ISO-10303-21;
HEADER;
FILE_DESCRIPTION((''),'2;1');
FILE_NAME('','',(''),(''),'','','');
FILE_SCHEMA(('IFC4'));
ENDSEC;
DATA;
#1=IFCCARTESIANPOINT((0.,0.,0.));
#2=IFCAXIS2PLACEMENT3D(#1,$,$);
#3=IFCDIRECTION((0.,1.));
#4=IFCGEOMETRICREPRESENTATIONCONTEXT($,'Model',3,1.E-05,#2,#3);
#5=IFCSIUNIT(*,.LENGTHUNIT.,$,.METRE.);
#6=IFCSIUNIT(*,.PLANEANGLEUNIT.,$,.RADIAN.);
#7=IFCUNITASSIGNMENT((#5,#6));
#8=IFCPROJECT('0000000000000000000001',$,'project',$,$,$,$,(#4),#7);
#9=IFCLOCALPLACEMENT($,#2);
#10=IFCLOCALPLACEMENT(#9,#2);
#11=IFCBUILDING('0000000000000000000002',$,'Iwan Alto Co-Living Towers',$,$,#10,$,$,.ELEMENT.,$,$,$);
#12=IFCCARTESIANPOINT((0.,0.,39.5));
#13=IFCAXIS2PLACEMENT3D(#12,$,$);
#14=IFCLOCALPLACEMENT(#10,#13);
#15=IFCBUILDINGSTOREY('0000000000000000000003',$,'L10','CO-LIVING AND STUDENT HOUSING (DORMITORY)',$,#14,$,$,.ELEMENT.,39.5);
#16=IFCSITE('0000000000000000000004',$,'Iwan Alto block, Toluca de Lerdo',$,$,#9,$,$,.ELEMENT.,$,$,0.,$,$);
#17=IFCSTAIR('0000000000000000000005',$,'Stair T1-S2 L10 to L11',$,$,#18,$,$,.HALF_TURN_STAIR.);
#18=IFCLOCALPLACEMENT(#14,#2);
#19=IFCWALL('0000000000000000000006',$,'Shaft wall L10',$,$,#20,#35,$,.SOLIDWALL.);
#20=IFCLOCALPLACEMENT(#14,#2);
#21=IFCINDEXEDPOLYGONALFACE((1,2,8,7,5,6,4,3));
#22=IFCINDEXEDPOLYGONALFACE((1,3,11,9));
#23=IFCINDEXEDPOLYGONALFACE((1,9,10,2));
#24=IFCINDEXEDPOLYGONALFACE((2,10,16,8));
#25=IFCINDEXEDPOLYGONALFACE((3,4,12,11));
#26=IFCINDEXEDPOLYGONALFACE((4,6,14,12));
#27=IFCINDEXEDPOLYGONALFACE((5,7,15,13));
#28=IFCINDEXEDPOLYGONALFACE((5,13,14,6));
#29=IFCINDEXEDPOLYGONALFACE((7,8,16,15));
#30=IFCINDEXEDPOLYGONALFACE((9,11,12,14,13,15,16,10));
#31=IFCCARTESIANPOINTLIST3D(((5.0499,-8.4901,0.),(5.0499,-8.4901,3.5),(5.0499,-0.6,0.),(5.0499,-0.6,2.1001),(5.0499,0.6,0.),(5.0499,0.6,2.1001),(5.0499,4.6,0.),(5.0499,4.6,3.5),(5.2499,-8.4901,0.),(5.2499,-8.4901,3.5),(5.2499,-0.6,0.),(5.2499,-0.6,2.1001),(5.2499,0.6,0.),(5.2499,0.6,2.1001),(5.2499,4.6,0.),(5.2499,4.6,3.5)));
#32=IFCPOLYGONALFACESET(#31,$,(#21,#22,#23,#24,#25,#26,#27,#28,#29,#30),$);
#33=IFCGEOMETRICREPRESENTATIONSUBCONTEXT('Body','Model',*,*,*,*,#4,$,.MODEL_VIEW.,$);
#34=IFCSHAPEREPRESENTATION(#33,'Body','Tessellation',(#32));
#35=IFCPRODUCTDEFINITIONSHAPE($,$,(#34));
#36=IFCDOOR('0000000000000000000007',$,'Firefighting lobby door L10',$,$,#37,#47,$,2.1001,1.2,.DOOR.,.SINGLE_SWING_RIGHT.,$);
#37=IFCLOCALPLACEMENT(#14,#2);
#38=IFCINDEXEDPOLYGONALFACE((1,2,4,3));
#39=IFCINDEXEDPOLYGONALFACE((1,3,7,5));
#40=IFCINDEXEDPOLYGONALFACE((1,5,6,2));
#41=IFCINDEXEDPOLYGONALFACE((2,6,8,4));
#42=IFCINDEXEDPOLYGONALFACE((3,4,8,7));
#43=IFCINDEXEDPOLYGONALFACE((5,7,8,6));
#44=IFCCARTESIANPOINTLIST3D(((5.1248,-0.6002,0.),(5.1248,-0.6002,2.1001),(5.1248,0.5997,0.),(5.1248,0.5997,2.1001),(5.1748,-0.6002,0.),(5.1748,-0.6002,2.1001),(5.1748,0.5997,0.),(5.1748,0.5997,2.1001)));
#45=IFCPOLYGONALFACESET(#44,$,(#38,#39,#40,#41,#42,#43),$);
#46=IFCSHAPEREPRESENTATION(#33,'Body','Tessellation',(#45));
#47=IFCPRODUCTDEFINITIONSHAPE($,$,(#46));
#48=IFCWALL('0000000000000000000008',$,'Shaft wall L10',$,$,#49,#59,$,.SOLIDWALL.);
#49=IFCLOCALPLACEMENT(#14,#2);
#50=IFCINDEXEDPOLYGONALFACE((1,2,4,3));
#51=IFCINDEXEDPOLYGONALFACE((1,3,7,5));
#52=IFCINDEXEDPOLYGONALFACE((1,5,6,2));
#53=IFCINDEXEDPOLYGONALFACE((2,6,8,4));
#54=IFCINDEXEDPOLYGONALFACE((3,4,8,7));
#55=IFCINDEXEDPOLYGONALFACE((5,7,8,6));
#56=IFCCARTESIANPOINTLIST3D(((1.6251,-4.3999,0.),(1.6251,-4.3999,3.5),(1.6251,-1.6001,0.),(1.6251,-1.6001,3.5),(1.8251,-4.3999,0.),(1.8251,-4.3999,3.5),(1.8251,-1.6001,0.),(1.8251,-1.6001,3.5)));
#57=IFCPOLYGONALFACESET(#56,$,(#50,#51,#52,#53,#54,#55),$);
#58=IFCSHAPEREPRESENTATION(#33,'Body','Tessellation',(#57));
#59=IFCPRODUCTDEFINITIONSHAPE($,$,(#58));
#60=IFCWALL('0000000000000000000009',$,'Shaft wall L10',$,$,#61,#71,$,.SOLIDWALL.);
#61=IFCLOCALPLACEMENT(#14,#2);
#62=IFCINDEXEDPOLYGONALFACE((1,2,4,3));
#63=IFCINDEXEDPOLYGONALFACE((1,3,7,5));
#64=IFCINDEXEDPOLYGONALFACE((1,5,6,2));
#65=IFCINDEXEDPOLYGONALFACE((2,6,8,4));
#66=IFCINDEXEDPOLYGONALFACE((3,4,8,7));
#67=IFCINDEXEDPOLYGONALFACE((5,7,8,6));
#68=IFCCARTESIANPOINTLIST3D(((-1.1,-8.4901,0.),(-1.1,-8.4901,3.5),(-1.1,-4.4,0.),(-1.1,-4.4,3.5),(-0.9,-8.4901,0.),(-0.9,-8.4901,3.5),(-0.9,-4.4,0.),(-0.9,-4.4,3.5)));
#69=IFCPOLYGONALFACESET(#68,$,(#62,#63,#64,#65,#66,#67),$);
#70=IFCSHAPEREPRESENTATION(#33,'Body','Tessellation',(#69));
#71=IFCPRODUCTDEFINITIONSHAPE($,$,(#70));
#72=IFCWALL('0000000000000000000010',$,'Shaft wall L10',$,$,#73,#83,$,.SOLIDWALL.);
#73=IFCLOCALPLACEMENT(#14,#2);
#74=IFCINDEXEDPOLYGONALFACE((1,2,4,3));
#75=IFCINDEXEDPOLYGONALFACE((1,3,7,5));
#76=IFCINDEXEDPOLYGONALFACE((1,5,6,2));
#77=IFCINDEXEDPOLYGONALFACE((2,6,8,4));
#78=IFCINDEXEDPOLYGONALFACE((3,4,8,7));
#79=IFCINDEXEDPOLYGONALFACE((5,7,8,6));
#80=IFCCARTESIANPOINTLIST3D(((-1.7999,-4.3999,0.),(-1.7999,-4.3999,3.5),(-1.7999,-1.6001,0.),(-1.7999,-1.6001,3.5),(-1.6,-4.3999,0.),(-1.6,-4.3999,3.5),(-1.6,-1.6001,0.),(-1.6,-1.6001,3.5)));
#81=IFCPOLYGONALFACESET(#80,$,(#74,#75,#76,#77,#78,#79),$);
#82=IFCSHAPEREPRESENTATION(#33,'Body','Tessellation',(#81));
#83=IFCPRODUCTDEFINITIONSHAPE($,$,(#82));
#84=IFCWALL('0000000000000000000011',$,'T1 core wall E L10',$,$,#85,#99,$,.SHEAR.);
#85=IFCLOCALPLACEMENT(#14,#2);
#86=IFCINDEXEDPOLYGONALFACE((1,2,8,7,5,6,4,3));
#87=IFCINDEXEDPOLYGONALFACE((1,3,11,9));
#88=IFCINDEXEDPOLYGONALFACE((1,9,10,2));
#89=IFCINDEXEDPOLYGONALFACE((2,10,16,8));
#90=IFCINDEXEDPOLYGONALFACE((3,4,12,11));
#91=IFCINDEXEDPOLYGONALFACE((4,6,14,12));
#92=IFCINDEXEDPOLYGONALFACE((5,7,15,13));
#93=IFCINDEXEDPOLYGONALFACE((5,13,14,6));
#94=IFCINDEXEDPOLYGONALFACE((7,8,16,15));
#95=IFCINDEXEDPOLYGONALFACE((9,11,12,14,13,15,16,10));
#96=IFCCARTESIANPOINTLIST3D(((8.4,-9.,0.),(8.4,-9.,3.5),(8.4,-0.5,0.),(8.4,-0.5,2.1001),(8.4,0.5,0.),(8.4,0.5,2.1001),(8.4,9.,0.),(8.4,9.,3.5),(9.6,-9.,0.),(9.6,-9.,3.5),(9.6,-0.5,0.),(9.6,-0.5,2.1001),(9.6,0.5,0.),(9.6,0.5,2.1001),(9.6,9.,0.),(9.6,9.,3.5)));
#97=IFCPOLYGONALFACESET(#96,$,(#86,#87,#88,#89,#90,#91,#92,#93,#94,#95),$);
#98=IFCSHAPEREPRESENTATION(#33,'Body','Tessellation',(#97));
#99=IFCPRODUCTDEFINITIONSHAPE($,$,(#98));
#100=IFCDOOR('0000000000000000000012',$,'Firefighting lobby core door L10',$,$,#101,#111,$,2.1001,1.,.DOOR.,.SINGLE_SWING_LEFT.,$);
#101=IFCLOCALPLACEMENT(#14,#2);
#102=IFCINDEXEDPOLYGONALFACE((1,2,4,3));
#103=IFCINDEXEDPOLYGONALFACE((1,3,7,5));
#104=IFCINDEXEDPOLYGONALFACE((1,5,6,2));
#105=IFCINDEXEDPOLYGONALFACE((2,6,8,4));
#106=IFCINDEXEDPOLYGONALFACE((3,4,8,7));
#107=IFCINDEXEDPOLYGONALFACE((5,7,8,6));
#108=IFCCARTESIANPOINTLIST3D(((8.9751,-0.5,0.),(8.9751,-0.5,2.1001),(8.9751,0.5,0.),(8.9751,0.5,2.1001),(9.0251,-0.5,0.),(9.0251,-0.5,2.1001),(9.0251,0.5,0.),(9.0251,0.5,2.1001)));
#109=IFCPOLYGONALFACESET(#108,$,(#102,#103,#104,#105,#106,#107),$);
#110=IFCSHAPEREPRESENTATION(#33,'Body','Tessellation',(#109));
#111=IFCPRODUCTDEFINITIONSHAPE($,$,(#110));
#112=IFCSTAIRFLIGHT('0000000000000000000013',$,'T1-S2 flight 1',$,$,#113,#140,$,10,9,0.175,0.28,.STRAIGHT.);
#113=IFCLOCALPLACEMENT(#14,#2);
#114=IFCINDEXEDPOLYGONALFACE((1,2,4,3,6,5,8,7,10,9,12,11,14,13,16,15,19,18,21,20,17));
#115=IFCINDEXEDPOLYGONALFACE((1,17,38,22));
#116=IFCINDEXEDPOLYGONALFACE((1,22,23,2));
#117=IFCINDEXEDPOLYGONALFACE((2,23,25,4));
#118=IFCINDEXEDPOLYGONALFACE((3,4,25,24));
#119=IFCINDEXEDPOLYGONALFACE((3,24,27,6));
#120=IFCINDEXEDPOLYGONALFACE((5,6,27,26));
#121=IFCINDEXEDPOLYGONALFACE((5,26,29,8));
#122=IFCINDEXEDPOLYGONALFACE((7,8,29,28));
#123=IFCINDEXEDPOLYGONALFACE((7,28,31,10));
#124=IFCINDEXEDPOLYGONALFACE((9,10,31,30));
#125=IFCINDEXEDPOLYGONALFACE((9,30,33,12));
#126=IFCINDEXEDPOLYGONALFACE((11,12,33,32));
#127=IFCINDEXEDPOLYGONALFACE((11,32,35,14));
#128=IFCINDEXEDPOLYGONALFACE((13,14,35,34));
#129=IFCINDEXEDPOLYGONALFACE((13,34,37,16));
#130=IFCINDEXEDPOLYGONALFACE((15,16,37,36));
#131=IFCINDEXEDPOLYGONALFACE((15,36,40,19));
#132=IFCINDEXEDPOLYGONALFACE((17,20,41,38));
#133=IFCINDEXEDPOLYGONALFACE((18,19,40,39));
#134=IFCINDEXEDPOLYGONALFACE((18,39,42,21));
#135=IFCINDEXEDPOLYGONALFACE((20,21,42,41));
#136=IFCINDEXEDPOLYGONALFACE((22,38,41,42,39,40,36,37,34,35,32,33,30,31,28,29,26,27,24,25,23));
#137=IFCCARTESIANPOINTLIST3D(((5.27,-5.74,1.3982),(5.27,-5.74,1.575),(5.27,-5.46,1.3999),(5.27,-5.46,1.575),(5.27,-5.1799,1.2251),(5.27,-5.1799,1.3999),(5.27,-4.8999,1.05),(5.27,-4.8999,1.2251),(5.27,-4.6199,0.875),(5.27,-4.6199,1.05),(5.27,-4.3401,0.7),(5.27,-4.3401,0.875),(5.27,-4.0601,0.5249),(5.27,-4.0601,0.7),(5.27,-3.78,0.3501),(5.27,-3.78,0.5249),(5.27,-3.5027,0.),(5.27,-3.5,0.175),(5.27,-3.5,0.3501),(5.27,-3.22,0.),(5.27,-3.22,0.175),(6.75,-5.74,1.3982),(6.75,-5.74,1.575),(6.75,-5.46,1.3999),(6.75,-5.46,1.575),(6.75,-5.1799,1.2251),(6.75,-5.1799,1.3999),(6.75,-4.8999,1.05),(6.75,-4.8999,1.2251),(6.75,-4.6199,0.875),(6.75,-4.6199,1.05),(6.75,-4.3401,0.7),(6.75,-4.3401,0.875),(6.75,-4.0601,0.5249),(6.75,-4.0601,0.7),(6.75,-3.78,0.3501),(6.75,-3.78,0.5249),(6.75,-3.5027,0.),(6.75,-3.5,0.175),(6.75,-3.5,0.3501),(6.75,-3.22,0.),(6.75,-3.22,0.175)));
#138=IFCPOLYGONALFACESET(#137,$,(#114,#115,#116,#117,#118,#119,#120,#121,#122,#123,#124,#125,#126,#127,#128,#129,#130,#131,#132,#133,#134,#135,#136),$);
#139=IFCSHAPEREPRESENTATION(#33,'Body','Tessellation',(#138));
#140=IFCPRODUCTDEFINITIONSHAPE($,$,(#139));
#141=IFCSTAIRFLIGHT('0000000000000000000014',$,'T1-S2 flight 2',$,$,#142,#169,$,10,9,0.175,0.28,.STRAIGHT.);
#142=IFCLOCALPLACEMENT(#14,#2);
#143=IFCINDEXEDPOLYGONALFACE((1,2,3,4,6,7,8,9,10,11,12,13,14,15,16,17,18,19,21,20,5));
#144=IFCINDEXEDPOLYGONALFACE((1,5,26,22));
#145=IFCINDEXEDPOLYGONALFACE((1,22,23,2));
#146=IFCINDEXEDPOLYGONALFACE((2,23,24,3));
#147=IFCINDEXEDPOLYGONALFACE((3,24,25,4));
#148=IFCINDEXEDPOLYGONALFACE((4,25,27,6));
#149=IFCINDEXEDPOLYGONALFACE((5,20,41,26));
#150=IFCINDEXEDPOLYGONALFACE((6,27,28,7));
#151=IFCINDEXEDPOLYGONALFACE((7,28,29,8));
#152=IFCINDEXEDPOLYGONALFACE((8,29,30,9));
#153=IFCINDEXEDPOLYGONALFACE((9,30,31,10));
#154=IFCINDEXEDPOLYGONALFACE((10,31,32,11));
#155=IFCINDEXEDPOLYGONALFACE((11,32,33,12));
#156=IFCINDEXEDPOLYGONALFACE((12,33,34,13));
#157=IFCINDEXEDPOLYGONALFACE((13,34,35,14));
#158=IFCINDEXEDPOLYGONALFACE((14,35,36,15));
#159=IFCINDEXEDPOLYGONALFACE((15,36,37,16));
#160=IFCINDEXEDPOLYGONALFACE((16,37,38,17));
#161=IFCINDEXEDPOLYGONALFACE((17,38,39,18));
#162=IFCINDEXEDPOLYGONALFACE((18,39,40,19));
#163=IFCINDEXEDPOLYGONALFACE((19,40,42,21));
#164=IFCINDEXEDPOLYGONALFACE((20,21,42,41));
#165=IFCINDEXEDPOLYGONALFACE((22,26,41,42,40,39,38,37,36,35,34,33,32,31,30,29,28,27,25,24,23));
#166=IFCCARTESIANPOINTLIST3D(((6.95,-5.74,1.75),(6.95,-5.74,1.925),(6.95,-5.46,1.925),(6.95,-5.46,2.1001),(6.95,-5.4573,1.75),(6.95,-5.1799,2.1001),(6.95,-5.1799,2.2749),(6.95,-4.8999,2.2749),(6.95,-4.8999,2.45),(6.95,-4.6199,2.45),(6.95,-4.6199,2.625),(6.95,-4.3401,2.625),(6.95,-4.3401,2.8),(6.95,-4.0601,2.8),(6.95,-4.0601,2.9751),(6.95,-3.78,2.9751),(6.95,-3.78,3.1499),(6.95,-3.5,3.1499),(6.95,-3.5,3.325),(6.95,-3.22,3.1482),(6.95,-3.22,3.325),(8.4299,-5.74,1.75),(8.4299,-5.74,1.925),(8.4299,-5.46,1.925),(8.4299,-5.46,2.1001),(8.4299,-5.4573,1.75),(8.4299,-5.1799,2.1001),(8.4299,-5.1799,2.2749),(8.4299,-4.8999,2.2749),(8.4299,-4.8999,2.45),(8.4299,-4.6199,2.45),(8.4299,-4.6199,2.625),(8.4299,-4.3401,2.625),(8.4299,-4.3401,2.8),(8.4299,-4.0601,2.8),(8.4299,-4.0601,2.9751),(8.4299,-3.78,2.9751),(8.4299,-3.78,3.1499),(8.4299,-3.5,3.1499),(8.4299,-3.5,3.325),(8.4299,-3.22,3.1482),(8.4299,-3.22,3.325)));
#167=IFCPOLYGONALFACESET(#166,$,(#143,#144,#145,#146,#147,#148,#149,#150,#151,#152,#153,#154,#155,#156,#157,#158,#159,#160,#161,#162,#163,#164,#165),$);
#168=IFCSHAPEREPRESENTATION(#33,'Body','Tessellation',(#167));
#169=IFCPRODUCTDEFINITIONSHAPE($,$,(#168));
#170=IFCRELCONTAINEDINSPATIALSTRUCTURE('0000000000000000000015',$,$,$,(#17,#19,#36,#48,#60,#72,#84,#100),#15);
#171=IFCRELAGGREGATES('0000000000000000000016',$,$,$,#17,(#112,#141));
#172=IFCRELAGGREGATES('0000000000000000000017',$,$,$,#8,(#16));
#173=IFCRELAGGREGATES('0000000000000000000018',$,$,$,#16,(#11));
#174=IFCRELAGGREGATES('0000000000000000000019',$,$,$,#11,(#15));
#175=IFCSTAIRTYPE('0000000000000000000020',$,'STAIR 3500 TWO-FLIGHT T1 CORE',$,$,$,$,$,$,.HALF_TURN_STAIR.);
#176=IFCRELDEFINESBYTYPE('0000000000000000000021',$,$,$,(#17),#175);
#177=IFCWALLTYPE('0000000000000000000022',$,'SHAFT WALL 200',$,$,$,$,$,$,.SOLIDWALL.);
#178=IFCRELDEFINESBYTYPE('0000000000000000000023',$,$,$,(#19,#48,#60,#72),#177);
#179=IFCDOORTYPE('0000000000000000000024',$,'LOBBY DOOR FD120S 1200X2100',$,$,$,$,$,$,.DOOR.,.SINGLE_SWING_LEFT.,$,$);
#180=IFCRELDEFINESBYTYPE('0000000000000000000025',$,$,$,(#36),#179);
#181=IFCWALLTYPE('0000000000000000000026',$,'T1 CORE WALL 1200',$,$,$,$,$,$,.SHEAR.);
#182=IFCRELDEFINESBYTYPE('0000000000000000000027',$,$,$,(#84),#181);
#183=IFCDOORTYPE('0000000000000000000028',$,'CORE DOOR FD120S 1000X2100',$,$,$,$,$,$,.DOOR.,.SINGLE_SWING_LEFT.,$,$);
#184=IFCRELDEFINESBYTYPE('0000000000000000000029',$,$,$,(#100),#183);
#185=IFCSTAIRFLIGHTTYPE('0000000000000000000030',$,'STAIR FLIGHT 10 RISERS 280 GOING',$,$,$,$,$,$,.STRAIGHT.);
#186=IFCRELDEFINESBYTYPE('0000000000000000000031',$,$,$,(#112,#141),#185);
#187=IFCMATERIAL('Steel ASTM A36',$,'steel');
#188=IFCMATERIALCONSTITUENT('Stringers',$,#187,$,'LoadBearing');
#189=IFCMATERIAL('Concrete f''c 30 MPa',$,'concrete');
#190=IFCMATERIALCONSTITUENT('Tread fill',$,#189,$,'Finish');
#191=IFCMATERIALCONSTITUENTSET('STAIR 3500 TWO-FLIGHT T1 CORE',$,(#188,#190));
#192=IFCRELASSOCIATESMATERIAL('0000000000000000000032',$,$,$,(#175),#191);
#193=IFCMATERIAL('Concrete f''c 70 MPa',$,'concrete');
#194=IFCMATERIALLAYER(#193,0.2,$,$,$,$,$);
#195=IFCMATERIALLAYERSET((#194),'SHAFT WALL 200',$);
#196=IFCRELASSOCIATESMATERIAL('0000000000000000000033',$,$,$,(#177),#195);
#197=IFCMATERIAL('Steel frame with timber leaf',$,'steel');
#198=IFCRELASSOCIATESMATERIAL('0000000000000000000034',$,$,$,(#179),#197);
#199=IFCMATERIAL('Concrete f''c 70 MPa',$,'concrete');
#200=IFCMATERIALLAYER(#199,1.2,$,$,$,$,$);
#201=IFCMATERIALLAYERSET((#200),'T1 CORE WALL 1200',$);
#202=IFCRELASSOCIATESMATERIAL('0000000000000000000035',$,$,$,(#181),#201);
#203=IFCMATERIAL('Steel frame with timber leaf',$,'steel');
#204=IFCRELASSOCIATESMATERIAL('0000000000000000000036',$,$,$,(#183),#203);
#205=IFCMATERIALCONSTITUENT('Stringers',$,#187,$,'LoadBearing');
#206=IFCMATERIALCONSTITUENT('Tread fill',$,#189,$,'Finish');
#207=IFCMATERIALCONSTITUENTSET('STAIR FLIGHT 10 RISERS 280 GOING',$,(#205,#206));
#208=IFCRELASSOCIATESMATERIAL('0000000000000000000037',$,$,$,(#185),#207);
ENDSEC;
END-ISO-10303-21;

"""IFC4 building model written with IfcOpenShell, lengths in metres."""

from ifc_helpers import new_model, si_unit, direction, frame, frame_2d, origin, place, context, subcontext, project, spatial, polyline, rectangle, outline, extrude, material, layer, layer_set, constituent, constituent_set, type_object, element, fill, aggregate, save


model = new_model("IFC4")

# Units and contexts
model_context = context("Model", 3, precision=1e-05, world=origin(), true_north=direction((0.0, 1.0)))
body_context = subcontext(model_context, "Body", "Model", "MODEL_VIEW")
ifc_project = project(units=[si_unit("LENGTHUNIT", "METRE"), si_unit("PLANEANGLEUNIT", "RADIAN")], contexts=[model_context])

# Site, building, storey
site_placement = place(None, origin())
site = spatial("IfcSite", under=ifc_project, at=site_placement, Name="Iwan Alto block, Toluca de Lerdo", CompositionType="ELEMENT", RefElevation=0.0)
building_placement = place(site_placement, origin())
building = spatial("IfcBuilding", under=site, at=building_placement, Name="Iwan Alto Co-Living Towers", CompositionType="ELEMENT")
storey_placement = place(building_placement, frame((0.0, 0.0, 39.5)))
storey = spatial("IfcBuildingStorey", under=building, at=storey_placement, Name="L10", Description="CO-LIVING AND STUDENT HOUSING (DORMITORY)", CompositionType="ELEMENT", Elevation=39.5)

# Stair
ifc_material_1 = material(Name="Steel ASTM A36", Category="steel")
ifc_constituent_1 = constituent(ifc_material_1, Name="Stringers", Category="LoadBearing")
ifc_material_2 = material(Name="Concrete f'c 30 MPa", Category="concrete")
ifc_constituent_2 = constituent(ifc_material_2, Name="Tread fill", Category="Finish")
ifc_constituent_set_1 = constituent_set(constituents=[ifc_constituent_1, ifc_constituent_2], Name="STAIR 3500 TWO-FLIGHT T1 CORE")
stair_type_1 = type_object("IfcStairType", Name="STAIR 3500 TWO-FLIGHT T1 CORE", PredefinedType="HALF_TURN_STAIR", material=ifc_constituent_set_1)
stair_1_placement = place(storey_placement, origin())
stair_1 = element("IfcStair", 1, at=stair_1_placement, inside=storey, type_object=stair_type_1, Name="Stair T1-S2 L10 to L11", PredefinedType="HALF_TURN_STAIR")

# Wall, opening, door
ifc_material_3 = material(Name="Concrete f'c 70 MPa", Category="concrete")
ifc_layer_1 = layer(ifc_material_3, 0.2)
ifc_layer_set_1 = layer_set([ifc_layer_1], Name="SHAFT WALL 200")
wall_type_1 = type_object("IfcWallType", Name="SHAFT WALL 200", PredefinedType="SOLIDWALL", material=ifc_layer_set_1)
wall_1_placement = place(storey_placement, frame((5.1499, -8.49, 0.0), z_axis=(0.0, 0.0, 1.0), x_axis=(0.0, 1.0, 0.0)))
wall_1 = element("IfcWall", 2, at=wall_1_placement, inside=storey, type_object=wall_type_1, Name="Shaft wall L10", PredefinedType="SOLIDWALL", context=body_context, shape_type="SweptSolid", body=[
    extrude(rectangle(XDim=13.0901, YDim=0.2, at=frame_2d((6.5449, 0.0))), origin(), (0.0, 0.0, 1.0), 3.5),
])
opening_1_placement = place(wall_1_placement, frame((7.8899, 0.0, 0.0)))
opening_1 = element("IfcOpeningElement", 3, at=opening_1_placement, cuts=wall_1, PredefinedType="OPENING", context=body_context, shape_type="SweptSolid", body=[
    extrude(rectangle(XDim=1.2, YDim=2.1001, at=frame_2d((0.6001, 1.05))), frame((0.0, 0.1099, 0.0), z_axis=(0.0, -1.0, 0.0), x_axis=(1.0, 0.0, 0.0)), (0.0, 0.0, 1.0), 0.22),
])
ifc_material_4 = material(Name="Steel frame with timber leaf", Category="steel")
door_type_1 = type_object("IfcDoorType", Name="LOBBY DOOR FD120S 1200X2100", OperationType="SINGLE_SWING_LEFT", PredefinedType="DOOR", material=ifc_material_4)
door_1_placement = place(opening_1_placement, frame((1.2, 0.0, 0.0), z_axis=(0.0, 0.0, 1.0), x_axis=(-1.0, 0.0, 0.0)))
door_1 = element("IfcDoor", 4, at=door_1_placement, inside=storey, type_object=door_type_1, Name="Firefighting lobby door L10", OperationType="SINGLE_SWING_RIGHT", OverallHeight=2.1001, OverallWidth=1.2, PredefinedType="DOOR", context=body_context, shape_type="SweptSolid", body=[
    extrude(rectangle(XDim=1.2, YDim=2.1001, at=frame_2d((0.6001, 1.05))), frame((0.0, 0.0249, 0.0), z_axis=(0.0, -1.0, 0.0), x_axis=(1.0, 0.0, 0.0)), (0.0, 0.0, 1.0), 0.05),
])
fill(opening_1, door_1)

# Walls
wall_2_placement = place(storey_placement, frame((1.7251, -4.3999, 0.0), z_axis=(0.0, 0.0, 1.0), x_axis=(0.0, 1.0, 0.0)))
element("IfcWall", 5, at=wall_2_placement, inside=storey, type_object=wall_type_1, Name="Shaft wall L10", PredefinedType="SOLIDWALL", context=body_context, shape_type="SweptSolid", body=[
    extrude(rectangle(XDim=2.7998, YDim=0.2, at=frame_2d((1.3999, 0.0))), origin(), (0.0, 0.0, 1.0), 3.5),
])
wall_3_placement = place(storey_placement, frame((-1.0, -8.49, 0.0), z_axis=(0.0, 0.0, 1.0), x_axis=(0.0, 1.0, 0.0)))
element("IfcWall", 6, at=wall_3_placement, inside=storey, type_object=wall_type_1, Name="Shaft wall L10", PredefinedType="SOLIDWALL", context=body_context, shape_type="SweptSolid", body=[
    extrude(rectangle(XDim=4.0901, YDim=0.2, at=frame_2d((2.0449, 0.0))), origin(), (0.0, 0.0, 1.0), 3.5),
])
wall_4_placement = place(storey_placement, frame((-1.7, -4.3999, 0.0), z_axis=(0.0, 0.0, 1.0), x_axis=(0.0, 1.0, 0.0)))
element("IfcWall", 7, at=wall_4_placement, inside=storey, type_object=wall_type_1, Name="Shaft wall L10", PredefinedType="SOLIDWALL", context=body_context, shape_type="SweptSolid", body=[
    extrude(rectangle(XDim=2.7998, YDim=0.2, at=frame_2d((1.3999, 0.0))), origin(), (0.0, 0.0, 1.0), 3.5),
])

# Wall, opening, door
ifc_material_5 = material(Name="Concrete f'c 70 MPa", Category="concrete")
ifc_layer_2 = layer(ifc_material_5, 1.2)
ifc_layer_set_2 = layer_set([ifc_layer_2], Name="T1 CORE WALL 1200")
wall_type_2 = type_object("IfcWallType", Name="T1 CORE WALL 1200", PredefinedType="SHEAR", material=ifc_layer_set_2)
wall_5_placement = place(storey_placement, frame((9.0, -9.0, 0.0), z_axis=(0.0, 0.0, 1.0), x_axis=(0.0, 1.0, 0.0)))
wall_5 = element("IfcWall", 8, at=wall_5_placement, inside=storey, type_object=wall_type_2, Name="T1 core wall E L10", PredefinedType="SHEAR", context=body_context, shape_type="SweptSolid", body=[
    extrude(rectangle(XDim=18.0, YDim=1.2, at=frame_2d((9.0, 0.0))), origin(), (0.0, 0.0, 1.0), 3.5),
])
opening_2_placement = place(wall_5_placement, frame((8.5, 0.0, 0.0)))
opening_2 = element("IfcOpeningElement", 9, at=opening_2_placement, cuts=wall_5, PredefinedType="OPENING", context=body_context, shape_type="SweptSolid", body=[
    extrude(rectangle(XDim=1.0, YDim=2.1001, at=frame_2d((0.5, 1.05))), frame((0.0, 0.6099, 0.0), z_axis=(0.0, -1.0, 0.0), x_axis=(1.0, 0.0, 0.0)), (0.0, 0.0, 1.0), 1.22),
])
ifc_material_6 = material(Name="Steel frame with timber leaf", Category="steel")
door_type_2 = type_object("IfcDoorType", Name="CORE DOOR FD120S 1000X2100", OperationType="SINGLE_SWING_LEFT", PredefinedType="DOOR", material=ifc_material_6)
door_2_placement = place(opening_2_placement, origin())
door_2 = element("IfcDoor", 10, at=door_2_placement, inside=storey, type_object=door_type_2, Name="Firefighting lobby core door L10", OperationType="SINGLE_SWING_LEFT", OverallHeight=2.1001, OverallWidth=1.0, PredefinedType="DOOR", context=body_context, shape_type="SweptSolid", body=[
    extrude(rectangle(XDim=1.0, YDim=2.1001, at=frame_2d((0.5, 1.05))), frame((0.0, 0.0249, 0.0), z_axis=(0.0, -1.0, 0.0), x_axis=(1.0, 0.0, 0.0)), (0.0, 0.0, 1.0), 0.05),
])
fill(opening_2, door_2)

# Stair flights
ifc_constituent_3 = constituent(ifc_material_1, Name="Stringers", Category="LoadBearing")
ifc_constituent_4 = constituent(ifc_material_2, Name="Tread fill", Category="Finish")
ifc_constituent_set_2 = constituent_set(constituents=[ifc_constituent_3, ifc_constituent_4], Name="STAIR FLIGHT 10 RISERS 280 GOING")
stair_flight_type = type_object("IfcStairFlightType", Name="STAIR FLIGHT 10 RISERS 280 GOING", PredefinedType="STRAIGHT", material=ifc_constituent_set_2)
stair_flight_1_placement = place(storey_placement, frame((6.01, -3.22, 0.0), z_axis=(0.0, 0.0, 1.0), x_axis=(0.0, -1.0, 0.0)))
stair_flight_1 = element("IfcStairFlight", 11, at=stair_flight_1_placement, type_object=stair_flight_type, Name="T1-S2 flight 1", NumberOfRisers=10, NumberOfTreads=9, PredefinedType="STRAIGHT", RiserHeight=0.175, TreadLength=0.28, context=body_context, shape_type="SweptSolid", body=[
    extrude(outline(polyline([(0.0, 0.0), (0.0, 0.175), (0.28, 0.175), (0.28, 0.3501), (0.5601, 0.3501), (0.5601, 0.5249), (0.8401, 0.5249), (0.8401, 0.7), (1.1201, 0.7), (1.1201, 0.875), (1.3999, 0.875), (1.3999, 1.05), (1.6799, 1.05), (1.6799, 1.2251), (1.96, 1.2251), (1.96, 1.3999), (2.24, 1.3999), (2.24, 1.575), (2.52, 1.575), (2.52, 1.75), (2.52, 1.3982), (0.2827, 0.0), (0.0, 0.0)])), frame((0.0, 0.74, 0.0), z_axis=(0.0, -1.0, 0.0), x_axis=(1.0, 0.0, 0.0)), (0.0, 0.0, 1.0), 1.48),
])
stair_flight_2_placement = place(storey_placement, frame((7.6899, -5.74, 1.75), z_axis=(0.0, 0.0, 1.0), x_axis=(0.0, 1.0, 0.0)))
stair_flight_2 = element("IfcStairFlight", 12, at=stair_flight_2_placement, type_object=stair_flight_type, Name="T1-S2 flight 2", NumberOfRisers=10, NumberOfTreads=9, PredefinedType="STRAIGHT", RiserHeight=0.175, TreadLength=0.28, context=body_context, shape_type="SweptSolid", body=[
    extrude(outline(polyline([(0.0, 0.0), (0.0, 0.175), (0.28, 0.175), (0.28, 0.3501), (0.5601, 0.3501), (0.5601, 0.5249), (0.8401, 0.5249), (0.8401, 0.7), (1.1201, 0.7), (1.1201, 0.875), (1.3999, 0.875), (1.3999, 1.05), (1.6799, 1.05), (1.6799, 1.2251), (1.96, 1.2251), (1.96, 1.3999), (2.24, 1.3999), (2.24, 1.575), (2.52, 1.575), (2.52, 1.75), (2.52, 1.3982), (0.2827, 0.0), (0.0, 0.0)])), frame((0.0, 0.74, 0.0), z_axis=(0.0, -1.0, 0.0), x_axis=(1.0, 0.0, 0.0)), (0.0, 0.0, 1.0), 1.48),
])
aggregate(stair_1, [stair_flight_1, stair_flight_2])

save(model, "model.ifc")
